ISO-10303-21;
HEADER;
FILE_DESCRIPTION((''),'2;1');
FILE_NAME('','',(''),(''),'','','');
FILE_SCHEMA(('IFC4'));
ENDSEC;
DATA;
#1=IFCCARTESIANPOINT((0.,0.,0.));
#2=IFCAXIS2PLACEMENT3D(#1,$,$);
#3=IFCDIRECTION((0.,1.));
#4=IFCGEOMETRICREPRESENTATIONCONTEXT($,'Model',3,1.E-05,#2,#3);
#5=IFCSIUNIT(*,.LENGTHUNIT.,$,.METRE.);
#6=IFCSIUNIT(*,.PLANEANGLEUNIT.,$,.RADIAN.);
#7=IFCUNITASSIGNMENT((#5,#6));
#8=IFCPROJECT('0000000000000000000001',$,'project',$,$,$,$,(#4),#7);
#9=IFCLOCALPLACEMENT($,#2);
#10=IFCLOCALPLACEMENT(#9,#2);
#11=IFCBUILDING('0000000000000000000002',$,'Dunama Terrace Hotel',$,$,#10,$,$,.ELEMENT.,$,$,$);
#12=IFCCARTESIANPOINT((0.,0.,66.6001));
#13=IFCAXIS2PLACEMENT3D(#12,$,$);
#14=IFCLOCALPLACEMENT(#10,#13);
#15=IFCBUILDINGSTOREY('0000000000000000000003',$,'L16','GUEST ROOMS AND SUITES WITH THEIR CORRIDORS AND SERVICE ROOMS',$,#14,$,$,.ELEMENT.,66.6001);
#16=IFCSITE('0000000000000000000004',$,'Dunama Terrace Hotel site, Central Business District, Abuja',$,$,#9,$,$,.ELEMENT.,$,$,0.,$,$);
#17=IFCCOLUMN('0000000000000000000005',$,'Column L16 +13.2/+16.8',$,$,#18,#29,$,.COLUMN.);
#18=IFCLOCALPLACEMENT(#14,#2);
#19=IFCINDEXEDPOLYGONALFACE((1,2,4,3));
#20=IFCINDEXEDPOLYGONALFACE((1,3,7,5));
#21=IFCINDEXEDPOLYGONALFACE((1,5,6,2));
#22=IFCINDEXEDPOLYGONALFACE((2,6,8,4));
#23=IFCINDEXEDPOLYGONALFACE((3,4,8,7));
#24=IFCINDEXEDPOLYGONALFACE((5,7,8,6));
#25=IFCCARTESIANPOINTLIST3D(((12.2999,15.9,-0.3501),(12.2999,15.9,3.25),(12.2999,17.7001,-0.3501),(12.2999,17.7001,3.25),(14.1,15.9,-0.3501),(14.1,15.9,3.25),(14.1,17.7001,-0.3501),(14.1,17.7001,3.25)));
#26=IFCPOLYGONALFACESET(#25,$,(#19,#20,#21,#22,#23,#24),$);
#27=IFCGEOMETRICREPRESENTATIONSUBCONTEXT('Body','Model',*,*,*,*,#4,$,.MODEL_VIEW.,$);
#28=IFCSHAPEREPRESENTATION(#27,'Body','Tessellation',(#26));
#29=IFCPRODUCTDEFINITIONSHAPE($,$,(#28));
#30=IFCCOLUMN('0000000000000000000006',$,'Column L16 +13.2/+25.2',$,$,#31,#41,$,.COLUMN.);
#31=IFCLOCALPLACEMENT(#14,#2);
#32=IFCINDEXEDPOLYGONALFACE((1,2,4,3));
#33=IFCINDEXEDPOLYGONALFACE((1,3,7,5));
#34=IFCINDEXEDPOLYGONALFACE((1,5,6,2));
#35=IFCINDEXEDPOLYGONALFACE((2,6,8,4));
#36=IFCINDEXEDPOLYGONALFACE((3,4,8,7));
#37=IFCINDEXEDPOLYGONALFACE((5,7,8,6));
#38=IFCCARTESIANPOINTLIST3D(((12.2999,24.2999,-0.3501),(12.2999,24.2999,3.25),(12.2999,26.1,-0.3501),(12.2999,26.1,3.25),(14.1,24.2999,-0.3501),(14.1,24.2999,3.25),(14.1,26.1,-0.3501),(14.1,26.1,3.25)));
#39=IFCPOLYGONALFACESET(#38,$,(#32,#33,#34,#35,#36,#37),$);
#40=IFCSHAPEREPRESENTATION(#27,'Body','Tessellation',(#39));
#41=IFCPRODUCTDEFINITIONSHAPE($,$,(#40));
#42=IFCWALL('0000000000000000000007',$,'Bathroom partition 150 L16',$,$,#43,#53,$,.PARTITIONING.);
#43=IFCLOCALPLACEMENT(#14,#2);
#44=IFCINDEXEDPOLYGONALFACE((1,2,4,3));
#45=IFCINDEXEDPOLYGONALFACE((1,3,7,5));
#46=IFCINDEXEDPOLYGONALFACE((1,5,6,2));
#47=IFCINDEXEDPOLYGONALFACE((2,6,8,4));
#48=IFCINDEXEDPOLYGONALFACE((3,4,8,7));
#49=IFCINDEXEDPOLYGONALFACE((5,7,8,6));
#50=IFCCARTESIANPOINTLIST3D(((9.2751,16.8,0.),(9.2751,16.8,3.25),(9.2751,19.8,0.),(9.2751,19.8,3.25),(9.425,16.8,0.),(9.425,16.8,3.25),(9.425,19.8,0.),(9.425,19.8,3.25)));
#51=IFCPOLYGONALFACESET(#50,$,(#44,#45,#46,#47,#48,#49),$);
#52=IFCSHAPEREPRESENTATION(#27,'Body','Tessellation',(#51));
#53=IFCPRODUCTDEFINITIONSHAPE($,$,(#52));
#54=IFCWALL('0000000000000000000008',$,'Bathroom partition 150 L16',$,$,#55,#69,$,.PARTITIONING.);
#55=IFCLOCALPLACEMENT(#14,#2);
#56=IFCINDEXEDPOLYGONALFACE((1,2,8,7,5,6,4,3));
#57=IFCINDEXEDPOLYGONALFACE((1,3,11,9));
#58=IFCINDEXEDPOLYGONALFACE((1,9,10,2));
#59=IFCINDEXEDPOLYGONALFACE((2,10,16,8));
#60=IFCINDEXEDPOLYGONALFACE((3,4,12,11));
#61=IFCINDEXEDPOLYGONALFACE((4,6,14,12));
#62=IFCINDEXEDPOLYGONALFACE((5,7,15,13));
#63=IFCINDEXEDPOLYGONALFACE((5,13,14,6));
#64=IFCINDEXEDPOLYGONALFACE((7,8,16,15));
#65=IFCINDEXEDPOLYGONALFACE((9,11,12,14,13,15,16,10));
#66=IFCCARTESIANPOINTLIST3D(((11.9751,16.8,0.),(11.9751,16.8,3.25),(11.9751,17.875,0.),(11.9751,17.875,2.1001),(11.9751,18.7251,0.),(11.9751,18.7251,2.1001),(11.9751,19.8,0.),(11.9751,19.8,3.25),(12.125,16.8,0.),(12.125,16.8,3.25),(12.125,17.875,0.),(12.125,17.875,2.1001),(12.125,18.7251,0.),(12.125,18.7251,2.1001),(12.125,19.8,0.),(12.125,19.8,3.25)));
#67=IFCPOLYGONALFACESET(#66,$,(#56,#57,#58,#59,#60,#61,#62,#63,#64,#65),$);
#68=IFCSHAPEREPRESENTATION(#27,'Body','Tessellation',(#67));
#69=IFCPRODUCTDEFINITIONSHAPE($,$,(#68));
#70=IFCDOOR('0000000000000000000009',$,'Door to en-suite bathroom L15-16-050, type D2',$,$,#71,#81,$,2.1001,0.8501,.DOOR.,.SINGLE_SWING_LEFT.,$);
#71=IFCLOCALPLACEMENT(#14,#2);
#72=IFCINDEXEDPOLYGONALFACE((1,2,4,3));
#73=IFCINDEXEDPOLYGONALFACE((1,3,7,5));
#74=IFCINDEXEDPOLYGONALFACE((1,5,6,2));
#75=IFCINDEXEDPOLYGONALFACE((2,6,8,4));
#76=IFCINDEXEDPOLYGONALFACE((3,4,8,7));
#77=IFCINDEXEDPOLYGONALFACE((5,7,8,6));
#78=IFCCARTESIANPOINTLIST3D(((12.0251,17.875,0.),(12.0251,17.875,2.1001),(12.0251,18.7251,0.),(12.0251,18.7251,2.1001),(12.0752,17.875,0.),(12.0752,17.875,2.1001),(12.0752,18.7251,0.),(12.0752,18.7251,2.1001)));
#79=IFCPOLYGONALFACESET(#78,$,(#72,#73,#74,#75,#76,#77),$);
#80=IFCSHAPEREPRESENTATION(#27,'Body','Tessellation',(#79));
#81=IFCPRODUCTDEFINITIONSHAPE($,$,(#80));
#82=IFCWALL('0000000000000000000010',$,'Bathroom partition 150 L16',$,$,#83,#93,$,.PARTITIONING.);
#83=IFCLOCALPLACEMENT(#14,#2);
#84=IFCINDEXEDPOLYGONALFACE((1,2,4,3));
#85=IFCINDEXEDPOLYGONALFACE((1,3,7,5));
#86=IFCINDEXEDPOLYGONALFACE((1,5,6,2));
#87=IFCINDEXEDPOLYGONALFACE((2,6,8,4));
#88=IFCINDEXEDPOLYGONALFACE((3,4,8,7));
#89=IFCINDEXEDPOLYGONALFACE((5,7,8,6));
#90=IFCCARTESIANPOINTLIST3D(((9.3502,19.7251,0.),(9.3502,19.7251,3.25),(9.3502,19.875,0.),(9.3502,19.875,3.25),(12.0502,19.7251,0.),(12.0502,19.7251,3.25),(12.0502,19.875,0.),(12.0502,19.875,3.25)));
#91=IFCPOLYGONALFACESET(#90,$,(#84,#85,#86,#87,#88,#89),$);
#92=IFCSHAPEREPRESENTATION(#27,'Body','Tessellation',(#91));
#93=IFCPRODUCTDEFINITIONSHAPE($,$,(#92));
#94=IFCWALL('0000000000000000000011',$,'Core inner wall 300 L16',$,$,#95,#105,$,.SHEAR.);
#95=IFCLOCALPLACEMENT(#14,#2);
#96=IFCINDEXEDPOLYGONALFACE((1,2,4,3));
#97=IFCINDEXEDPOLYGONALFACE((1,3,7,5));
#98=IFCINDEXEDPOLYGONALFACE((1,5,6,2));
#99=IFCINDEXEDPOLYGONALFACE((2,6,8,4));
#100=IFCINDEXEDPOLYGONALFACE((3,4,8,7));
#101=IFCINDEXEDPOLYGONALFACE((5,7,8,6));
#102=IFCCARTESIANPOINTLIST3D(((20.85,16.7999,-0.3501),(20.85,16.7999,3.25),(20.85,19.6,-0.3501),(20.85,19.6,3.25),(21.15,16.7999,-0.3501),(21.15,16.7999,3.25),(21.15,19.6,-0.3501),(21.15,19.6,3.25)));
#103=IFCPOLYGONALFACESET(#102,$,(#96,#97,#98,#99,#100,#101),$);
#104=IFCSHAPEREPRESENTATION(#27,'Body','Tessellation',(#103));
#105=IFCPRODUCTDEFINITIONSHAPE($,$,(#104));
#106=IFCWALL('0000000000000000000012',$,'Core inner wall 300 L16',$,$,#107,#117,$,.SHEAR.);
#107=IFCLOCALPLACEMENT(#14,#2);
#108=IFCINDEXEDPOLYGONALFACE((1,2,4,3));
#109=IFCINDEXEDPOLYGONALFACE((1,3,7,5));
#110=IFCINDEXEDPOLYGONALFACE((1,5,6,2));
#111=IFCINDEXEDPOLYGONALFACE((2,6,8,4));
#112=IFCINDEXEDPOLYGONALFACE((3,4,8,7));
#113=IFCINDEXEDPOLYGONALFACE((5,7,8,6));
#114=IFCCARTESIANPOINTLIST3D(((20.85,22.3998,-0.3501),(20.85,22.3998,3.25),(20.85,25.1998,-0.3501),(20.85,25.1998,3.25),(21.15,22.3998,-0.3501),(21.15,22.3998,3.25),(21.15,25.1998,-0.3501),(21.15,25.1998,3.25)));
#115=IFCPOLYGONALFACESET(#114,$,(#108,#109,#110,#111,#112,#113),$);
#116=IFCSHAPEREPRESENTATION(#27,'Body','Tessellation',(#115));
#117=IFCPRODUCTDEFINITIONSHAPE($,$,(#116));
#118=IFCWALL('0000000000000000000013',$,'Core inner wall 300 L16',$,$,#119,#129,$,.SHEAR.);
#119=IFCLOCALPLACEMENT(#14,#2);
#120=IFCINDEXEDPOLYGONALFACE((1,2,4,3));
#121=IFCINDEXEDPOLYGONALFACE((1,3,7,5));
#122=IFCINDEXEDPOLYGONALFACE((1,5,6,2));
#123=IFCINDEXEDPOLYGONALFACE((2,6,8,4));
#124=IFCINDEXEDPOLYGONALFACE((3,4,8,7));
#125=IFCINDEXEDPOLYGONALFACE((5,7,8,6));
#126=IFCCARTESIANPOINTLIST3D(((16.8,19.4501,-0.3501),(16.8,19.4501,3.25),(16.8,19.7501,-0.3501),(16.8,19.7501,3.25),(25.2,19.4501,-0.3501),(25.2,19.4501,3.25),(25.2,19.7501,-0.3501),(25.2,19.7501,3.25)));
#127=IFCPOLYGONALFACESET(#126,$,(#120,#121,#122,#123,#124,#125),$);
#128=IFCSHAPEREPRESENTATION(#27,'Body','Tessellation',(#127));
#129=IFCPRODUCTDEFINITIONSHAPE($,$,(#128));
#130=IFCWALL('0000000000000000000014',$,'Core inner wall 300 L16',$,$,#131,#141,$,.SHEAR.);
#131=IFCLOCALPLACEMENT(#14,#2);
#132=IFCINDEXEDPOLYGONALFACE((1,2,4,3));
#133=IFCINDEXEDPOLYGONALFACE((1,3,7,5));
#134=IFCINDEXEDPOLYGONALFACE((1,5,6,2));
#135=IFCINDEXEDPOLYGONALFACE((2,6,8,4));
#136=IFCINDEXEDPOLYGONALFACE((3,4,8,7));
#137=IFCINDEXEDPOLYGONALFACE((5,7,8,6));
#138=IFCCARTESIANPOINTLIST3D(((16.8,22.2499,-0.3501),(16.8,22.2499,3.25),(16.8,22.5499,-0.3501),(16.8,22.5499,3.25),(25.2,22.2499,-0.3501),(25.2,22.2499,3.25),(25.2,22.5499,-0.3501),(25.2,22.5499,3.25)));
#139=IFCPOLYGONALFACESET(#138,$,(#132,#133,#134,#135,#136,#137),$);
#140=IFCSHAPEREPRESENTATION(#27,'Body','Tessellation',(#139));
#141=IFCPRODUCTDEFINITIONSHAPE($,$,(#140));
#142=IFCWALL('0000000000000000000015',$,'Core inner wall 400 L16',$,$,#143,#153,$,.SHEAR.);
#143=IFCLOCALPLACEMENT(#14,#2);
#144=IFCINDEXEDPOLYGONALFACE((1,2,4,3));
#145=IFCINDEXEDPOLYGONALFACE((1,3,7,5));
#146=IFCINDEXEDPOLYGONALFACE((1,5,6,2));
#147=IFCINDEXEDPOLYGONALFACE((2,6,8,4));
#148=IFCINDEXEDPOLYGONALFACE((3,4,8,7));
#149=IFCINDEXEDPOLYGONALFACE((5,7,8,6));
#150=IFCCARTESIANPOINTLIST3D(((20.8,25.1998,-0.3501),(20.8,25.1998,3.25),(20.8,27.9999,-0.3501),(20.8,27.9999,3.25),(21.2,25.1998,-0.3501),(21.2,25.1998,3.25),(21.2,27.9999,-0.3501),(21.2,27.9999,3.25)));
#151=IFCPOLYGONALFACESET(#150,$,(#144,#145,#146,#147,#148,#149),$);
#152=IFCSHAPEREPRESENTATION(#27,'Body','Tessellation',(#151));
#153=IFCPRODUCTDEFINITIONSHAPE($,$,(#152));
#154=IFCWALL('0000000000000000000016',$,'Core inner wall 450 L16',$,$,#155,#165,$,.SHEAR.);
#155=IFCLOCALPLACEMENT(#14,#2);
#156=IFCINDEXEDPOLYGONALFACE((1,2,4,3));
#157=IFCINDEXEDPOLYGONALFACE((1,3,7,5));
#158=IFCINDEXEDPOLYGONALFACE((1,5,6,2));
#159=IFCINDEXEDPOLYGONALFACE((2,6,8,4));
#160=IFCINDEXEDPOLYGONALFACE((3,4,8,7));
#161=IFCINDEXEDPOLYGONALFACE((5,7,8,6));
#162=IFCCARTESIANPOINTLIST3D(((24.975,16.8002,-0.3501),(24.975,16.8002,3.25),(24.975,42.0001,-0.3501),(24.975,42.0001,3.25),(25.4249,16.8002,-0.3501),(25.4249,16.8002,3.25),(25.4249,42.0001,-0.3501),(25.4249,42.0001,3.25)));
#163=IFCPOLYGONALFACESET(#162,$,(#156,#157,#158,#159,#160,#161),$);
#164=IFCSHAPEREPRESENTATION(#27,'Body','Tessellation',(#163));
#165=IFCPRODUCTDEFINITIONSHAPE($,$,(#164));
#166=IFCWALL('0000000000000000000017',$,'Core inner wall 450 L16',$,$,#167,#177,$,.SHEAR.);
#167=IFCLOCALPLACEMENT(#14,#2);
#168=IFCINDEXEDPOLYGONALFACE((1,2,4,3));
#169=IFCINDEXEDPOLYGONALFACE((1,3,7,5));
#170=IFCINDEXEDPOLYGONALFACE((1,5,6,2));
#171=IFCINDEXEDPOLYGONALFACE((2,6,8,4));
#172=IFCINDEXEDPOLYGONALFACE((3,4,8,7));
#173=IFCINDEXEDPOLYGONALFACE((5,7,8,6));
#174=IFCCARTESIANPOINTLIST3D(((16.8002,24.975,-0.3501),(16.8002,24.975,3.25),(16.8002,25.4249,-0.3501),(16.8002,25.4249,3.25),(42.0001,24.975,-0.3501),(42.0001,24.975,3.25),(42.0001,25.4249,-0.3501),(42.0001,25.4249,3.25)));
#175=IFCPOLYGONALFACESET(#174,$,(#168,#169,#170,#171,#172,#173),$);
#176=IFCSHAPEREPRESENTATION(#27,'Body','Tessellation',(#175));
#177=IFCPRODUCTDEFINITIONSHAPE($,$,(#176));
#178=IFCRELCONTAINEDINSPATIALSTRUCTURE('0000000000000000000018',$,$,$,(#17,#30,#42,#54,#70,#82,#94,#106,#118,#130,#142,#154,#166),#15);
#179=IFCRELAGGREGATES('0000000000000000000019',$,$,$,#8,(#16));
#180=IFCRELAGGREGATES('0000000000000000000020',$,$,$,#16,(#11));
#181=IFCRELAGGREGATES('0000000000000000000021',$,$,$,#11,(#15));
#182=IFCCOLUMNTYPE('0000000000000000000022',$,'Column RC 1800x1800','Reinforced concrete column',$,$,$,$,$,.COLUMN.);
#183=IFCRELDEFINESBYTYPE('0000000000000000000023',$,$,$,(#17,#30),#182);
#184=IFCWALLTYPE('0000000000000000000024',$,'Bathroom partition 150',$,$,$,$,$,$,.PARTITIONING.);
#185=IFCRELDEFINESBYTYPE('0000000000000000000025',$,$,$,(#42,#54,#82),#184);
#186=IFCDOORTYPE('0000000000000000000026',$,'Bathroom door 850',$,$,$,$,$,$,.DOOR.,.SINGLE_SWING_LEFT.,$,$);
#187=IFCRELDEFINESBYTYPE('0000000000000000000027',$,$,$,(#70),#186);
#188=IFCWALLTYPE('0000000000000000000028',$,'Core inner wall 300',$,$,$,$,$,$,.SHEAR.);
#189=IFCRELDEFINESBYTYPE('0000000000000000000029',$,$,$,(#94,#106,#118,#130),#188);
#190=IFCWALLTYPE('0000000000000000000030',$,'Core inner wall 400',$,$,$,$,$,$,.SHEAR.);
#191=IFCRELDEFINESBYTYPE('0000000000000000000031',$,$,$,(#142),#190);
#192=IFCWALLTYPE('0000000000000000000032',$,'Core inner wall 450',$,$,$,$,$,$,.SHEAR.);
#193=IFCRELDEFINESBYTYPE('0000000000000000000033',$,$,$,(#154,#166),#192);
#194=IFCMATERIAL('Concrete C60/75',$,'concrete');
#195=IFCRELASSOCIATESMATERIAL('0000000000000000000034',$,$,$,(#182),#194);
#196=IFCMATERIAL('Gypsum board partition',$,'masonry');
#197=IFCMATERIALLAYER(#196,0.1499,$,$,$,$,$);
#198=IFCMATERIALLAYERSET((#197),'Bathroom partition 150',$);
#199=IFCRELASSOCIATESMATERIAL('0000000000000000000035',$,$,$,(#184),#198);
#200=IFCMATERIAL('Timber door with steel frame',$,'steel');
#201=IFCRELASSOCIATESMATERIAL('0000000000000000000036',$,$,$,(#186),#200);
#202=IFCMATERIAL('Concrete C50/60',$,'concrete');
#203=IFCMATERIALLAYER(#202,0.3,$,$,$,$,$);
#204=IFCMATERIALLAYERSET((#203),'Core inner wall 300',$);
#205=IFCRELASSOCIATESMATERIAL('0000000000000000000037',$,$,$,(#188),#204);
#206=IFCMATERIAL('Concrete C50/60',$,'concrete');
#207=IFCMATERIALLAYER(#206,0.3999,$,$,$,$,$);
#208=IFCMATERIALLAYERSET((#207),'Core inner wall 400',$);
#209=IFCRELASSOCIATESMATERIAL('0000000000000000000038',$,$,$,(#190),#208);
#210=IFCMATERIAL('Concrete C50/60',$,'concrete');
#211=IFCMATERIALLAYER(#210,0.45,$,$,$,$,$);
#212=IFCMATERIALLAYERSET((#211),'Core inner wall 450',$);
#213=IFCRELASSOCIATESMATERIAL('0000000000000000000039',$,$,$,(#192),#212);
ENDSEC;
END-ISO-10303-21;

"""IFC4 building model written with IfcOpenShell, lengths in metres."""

from ifc_helpers import new_model, si_unit, direction, frame, frame_2d, origin, origin_2d, place, context, subcontext, project, spatial, rectangle, extrude, material, layer, layer_set, material_profile, profile_set, type_object, element, fill, save


model = new_model("IFC4")

# Units and contexts
model_context = context("Model", 3, precision=1e-05, world=origin(), true_north=direction((0.0, 1.0)))
body_context = subcontext(model_context, "Body", "Model", "MODEL_VIEW")
ifc_project = project(units=[si_unit("LENGTHUNIT", "METRE"), si_unit("PLANEANGLEUNIT", "RADIAN")], contexts=[model_context])

# Site, building, storey
site_placement = place(None, origin())
site = spatial("IfcSite", under=ifc_project, at=site_placement, Name="Dunama Terrace Hotel site, Central Business District, Abuja", CompositionType="ELEMENT", RefElevation=0.0)
building_placement = place(site_placement, origin())
building = spatial("IfcBuilding", under=site, at=building_placement, Name="Dunama Terrace Hotel", CompositionType="ELEMENT")
storey_placement = place(building_placement, frame((0.0, 0.0, 66.6001)))
storey = spatial("IfcBuildingStorey", under=building, at=storey_placement, Name="L16", Description="GUEST ROOMS AND SUITES WITH THEIR CORRIDORS AND SERVICE ROOMS", CompositionType="ELEMENT", Elevation=66.6001)

# Columns
ifc_material_1 = material(Name="Concrete C60/75", Category="concrete")
ifc_material_profile = material_profile(ifc_material_1, rectangle(XDim=1.8, YDim=1.8, at=origin_2d()), Name="RC 1800x1800")
ifc_profile_set = profile_set([ifc_material_profile], Name="Concrete C60/75")
column_type = type_object("IfcColumnType", Name="Column RC 1800x1800", Description="Reinforced concrete column", PredefinedType="COLUMN", material=ifc_profile_set)
for number, where, z_axis, x_axis, name in (
    (1, (13.2, 16.8, -0.3501), (0.0, 0.0, 1.0), (1.0, 0.0, 0.0), "Column L16 +13.2/+16.8"),
    (2, (13.2, 25.2, -0.3501), (0.0, 0.0, 1.0), (1.0, 0.0, 0.0), "Column L16 +13.2/+25.2"),
):
    element("IfcColumn", number, at=place(storey_placement, frame(where, z_axis=z_axis, x_axis=x_axis)), inside=storey, type_object=column_type, Name=name, PredefinedType="COLUMN", context=body_context, shape_type="SweptSolid", body=[
        extrude(rectangle(XDim=1.8, YDim=1.8, at=origin_2d()), origin(), (0.0, 0.0, 1.0), 3.6001),
    ])

# Wall
ifc_material_2 = material(Name="Gypsum board partition", Category="masonry")
ifc_layer_1 = layer(ifc_material_2, 0.1499)
ifc_layer_set_1 = layer_set([ifc_layer_1], Name="Bathroom partition 150")
wall_type_1 = type_object("IfcWallType", Name="Bathroom partition 150", PredefinedType="PARTITIONING", material=ifc_layer_set_1)
wall_1_placement = place(storey_placement, frame((9.3501, 16.8, 0.0), z_axis=(0.0, 0.0, 1.0), x_axis=(0.0, 1.0, 0.0)))
element("IfcWall", 3, at=wall_1_placement, inside=storey, type_object=wall_type_1, Name="Bathroom partition 150 L16", PredefinedType="PARTITIONING", context=body_context, shape_type="SweptSolid", body=[
    extrude(rectangle(XDim=3.0, YDim=0.1499, at=frame_2d((1.5, 0.0))), origin(), (0.0, 0.0, 1.0), 3.25),
])

# Wall, opening, door
wall_2_placement = place(storey_placement, frame((12.05, 16.8, 0.0), z_axis=(0.0, 0.0, 1.0), x_axis=(0.0, 1.0, 0.0)))
wall_2 = element("IfcWall", 4, at=wall_2_placement, inside=storey, type_object=wall_type_1, Name="Bathroom partition 150 L16", PredefinedType="PARTITIONING", context=body_context, shape_type="SweptSolid", body=[
    extrude(rectangle(XDim=3.0, YDim=0.1499, at=frame_2d((1.5, 0.0))), origin(), (0.0, 0.0, 1.0), 3.25),
])
opening_1_placement = place(wall_2_placement, frame((1.075, 0.0, 0.0)))
opening_1 = element("IfcOpeningElement", 5, at=opening_1_placement, cuts=wall_2, PredefinedType="OPENING", context=body_context, shape_type="SweptSolid", body=[
    extrude(rectangle(XDim=0.8501, YDim=2.1001, at=frame_2d((0.425, 1.05))), frame((0.0, 0.085, 0.0), z_axis=(0.0, -1.0, 0.0), x_axis=(1.0, 0.0, 0.0)), (0.0, 0.0, 1.0), 0.1699),
])
ifc_material_3 = material(Name="Timber door with steel frame", Category="steel")
door_type_1 = type_object("IfcDoorType", Name="Bathroom door 850", OperationType="SINGLE_SWING_LEFT", PredefinedType="DOOR", material=ifc_material_3)
door_1_placement = place(opening_1_placement, origin())
door_1 = element("IfcDoor", 6, at=door_1_placement, inside=storey, type_object=door_type_1, Name="Door to en-suite bathroom L15-16-050, type D2", OperationType="SINGLE_SWING_LEFT", OverallHeight=2.1001, OverallWidth=0.8501, PredefinedType="DOOR", context=body_context, shape_type="SweptSolid", body=[
    extrude(rectangle(XDim=0.8501, YDim=2.1001, at=frame_2d((0.425, 1.05))), frame((0.0, 0.0249, 0.0), z_axis=(0.0, -1.0, 0.0), x_axis=(1.0, 0.0, 0.0)), (0.0, 0.0, 1.0), 0.05),
])
fill(opening_1, door_1)

# Walls
wall_3_placement = place(storey_placement, frame((9.3501, 19.8, 0.0), z_axis=(0.0, 0.0, 1.0), x_axis=(1.0, 0.0, 0.0)))
element("IfcWall", 7, at=wall_3_placement, inside=storey, type_object=wall_type_1, Name="Bathroom partition 150 L16", PredefinedType="PARTITIONING", context=body_context, shape_type="SweptSolid", body=[
    extrude(rectangle(XDim=2.7, YDim=0.1499, at=frame_2d((1.3501, 0.0))), origin(), (0.0, 0.0, 1.0), 3.25),
])
ifc_material_4 = material(Name="Concrete C50/60", Category="concrete")
ifc_layer_2 = layer(ifc_material_4, 0.3)
ifc_layer_set_2 = layer_set([ifc_layer_2], Name="Core inner wall 300")
wall_type_2 = type_object("IfcWallType", Name="Core inner wall 300", PredefinedType="SHEAR", material=ifc_layer_set_2)
for number, where, z_axis, x_axis, name in (
    (8, (21.0, 16.8, -0.3501), (0.0, 0.0, 1.0), (0.0, 1.0, 0.0), "Core inner wall 300 L16"),
    (9, (21.0, 22.3999, -0.3501), (0.0, 0.0, 1.0), (0.0, 1.0, 0.0), "Core inner wall 300 L16"),
):
    element("IfcWall", number, at=place(storey_placement, frame(where, z_axis=z_axis, x_axis=x_axis)), inside=storey, type_object=wall_type_2, Name=name, PredefinedType="SHEAR", context=body_context, shape_type="SweptSolid", body=[
        extrude(rectangle(XDim=2.8, YDim=0.3, at=frame_2d((1.3999, 0.0))), origin(), (0.0, 0.0, 1.0), 3.6001),
    ])
for number, where, z_axis, x_axis, name in (
    (10, (16.8, 19.6001, -0.3501), (0.0, 0.0, 1.0), (1.0, 0.0, 0.0), "Core inner wall 300 L16"),
    (11, (16.8, 22.3999, -0.3501), (0.0, 0.0, 1.0), (1.0, 0.0, 0.0), "Core inner wall 300 L16"),
):
    element("IfcWall", number, at=place(storey_placement, frame(where, z_axis=z_axis, x_axis=x_axis)), inside=storey, type_object=wall_type_2, Name=name, PredefinedType="SHEAR", context=body_context, shape_type="SweptSolid", body=[
        extrude(rectangle(XDim=8.3999, YDim=0.3, at=frame_2d((4.2, 0.0))), origin(), (0.0, 0.0, 1.0), 3.6001),
    ])
ifc_material_5 = material(Name="Concrete C50/60", Category="concrete")
ifc_layer_3 = layer(ifc_material_5, 0.3999)
ifc_layer_set_3 = layer_set([ifc_layer_3], Name="Core inner wall 400")
wall_type_3 = type_object("IfcWallType", Name="Core inner wall 400", PredefinedType="SHEAR", material=ifc_layer_set_3)
wall_4_placement = place(storey_placement, frame((21.0, 25.2, -0.3501), z_axis=(0.0, 0.0, 1.0), x_axis=(0.0, 1.0, 0.0)))
element("IfcWall", 12, at=wall_4_placement, inside=storey, type_object=wall_type_3, Name="Core inner wall 400 L16", PredefinedType="SHEAR", context=body_context, shape_type="SweptSolid", body=[
    extrude(rectangle(XDim=2.8, YDim=0.3999, at=frame_2d((1.3999, 0.0))), origin(), (0.0, 0.0, 1.0), 3.6001),
])
ifc_material_6 = material(Name="Concrete C50/60", Category="concrete")
ifc_layer_4 = layer(ifc_material_6, 0.45)
ifc_layer_set_4 = layer_set([ifc_layer_4], Name="Core inner wall 450")
wall_type_4 = type_object("IfcWallType", Name="Core inner wall 450", PredefinedType="SHEAR", material=ifc_layer_set_4)
for number, where, z_axis, x_axis, name in (
    (13, (25.2, 16.8, -0.3501), (0.0, 0.0, 1.0), (0.0, 1.0, 0.0), "Core inner wall 450 L16"),
    (14, (16.8, 25.2, -0.3501), (0.0, 0.0, 1.0), (1.0, 0.0, 0.0), "Core inner wall 450 L16"),
):
    element("IfcWall", number, at=place(storey_placement, frame(where, z_axis=z_axis, x_axis=x_axis)), inside=storey, type_object=wall_type_4, Name=name, PredefinedType="SHEAR", context=body_context, shape_type="SweptSolid", body=[
        extrude(rectangle(XDim=25.2, YDim=0.45, at=frame_2d((12.6001, 0.0))), origin(), (0.0, 0.0, 1.0), 3.6001),
    ])

save(model, "model.ifc")
